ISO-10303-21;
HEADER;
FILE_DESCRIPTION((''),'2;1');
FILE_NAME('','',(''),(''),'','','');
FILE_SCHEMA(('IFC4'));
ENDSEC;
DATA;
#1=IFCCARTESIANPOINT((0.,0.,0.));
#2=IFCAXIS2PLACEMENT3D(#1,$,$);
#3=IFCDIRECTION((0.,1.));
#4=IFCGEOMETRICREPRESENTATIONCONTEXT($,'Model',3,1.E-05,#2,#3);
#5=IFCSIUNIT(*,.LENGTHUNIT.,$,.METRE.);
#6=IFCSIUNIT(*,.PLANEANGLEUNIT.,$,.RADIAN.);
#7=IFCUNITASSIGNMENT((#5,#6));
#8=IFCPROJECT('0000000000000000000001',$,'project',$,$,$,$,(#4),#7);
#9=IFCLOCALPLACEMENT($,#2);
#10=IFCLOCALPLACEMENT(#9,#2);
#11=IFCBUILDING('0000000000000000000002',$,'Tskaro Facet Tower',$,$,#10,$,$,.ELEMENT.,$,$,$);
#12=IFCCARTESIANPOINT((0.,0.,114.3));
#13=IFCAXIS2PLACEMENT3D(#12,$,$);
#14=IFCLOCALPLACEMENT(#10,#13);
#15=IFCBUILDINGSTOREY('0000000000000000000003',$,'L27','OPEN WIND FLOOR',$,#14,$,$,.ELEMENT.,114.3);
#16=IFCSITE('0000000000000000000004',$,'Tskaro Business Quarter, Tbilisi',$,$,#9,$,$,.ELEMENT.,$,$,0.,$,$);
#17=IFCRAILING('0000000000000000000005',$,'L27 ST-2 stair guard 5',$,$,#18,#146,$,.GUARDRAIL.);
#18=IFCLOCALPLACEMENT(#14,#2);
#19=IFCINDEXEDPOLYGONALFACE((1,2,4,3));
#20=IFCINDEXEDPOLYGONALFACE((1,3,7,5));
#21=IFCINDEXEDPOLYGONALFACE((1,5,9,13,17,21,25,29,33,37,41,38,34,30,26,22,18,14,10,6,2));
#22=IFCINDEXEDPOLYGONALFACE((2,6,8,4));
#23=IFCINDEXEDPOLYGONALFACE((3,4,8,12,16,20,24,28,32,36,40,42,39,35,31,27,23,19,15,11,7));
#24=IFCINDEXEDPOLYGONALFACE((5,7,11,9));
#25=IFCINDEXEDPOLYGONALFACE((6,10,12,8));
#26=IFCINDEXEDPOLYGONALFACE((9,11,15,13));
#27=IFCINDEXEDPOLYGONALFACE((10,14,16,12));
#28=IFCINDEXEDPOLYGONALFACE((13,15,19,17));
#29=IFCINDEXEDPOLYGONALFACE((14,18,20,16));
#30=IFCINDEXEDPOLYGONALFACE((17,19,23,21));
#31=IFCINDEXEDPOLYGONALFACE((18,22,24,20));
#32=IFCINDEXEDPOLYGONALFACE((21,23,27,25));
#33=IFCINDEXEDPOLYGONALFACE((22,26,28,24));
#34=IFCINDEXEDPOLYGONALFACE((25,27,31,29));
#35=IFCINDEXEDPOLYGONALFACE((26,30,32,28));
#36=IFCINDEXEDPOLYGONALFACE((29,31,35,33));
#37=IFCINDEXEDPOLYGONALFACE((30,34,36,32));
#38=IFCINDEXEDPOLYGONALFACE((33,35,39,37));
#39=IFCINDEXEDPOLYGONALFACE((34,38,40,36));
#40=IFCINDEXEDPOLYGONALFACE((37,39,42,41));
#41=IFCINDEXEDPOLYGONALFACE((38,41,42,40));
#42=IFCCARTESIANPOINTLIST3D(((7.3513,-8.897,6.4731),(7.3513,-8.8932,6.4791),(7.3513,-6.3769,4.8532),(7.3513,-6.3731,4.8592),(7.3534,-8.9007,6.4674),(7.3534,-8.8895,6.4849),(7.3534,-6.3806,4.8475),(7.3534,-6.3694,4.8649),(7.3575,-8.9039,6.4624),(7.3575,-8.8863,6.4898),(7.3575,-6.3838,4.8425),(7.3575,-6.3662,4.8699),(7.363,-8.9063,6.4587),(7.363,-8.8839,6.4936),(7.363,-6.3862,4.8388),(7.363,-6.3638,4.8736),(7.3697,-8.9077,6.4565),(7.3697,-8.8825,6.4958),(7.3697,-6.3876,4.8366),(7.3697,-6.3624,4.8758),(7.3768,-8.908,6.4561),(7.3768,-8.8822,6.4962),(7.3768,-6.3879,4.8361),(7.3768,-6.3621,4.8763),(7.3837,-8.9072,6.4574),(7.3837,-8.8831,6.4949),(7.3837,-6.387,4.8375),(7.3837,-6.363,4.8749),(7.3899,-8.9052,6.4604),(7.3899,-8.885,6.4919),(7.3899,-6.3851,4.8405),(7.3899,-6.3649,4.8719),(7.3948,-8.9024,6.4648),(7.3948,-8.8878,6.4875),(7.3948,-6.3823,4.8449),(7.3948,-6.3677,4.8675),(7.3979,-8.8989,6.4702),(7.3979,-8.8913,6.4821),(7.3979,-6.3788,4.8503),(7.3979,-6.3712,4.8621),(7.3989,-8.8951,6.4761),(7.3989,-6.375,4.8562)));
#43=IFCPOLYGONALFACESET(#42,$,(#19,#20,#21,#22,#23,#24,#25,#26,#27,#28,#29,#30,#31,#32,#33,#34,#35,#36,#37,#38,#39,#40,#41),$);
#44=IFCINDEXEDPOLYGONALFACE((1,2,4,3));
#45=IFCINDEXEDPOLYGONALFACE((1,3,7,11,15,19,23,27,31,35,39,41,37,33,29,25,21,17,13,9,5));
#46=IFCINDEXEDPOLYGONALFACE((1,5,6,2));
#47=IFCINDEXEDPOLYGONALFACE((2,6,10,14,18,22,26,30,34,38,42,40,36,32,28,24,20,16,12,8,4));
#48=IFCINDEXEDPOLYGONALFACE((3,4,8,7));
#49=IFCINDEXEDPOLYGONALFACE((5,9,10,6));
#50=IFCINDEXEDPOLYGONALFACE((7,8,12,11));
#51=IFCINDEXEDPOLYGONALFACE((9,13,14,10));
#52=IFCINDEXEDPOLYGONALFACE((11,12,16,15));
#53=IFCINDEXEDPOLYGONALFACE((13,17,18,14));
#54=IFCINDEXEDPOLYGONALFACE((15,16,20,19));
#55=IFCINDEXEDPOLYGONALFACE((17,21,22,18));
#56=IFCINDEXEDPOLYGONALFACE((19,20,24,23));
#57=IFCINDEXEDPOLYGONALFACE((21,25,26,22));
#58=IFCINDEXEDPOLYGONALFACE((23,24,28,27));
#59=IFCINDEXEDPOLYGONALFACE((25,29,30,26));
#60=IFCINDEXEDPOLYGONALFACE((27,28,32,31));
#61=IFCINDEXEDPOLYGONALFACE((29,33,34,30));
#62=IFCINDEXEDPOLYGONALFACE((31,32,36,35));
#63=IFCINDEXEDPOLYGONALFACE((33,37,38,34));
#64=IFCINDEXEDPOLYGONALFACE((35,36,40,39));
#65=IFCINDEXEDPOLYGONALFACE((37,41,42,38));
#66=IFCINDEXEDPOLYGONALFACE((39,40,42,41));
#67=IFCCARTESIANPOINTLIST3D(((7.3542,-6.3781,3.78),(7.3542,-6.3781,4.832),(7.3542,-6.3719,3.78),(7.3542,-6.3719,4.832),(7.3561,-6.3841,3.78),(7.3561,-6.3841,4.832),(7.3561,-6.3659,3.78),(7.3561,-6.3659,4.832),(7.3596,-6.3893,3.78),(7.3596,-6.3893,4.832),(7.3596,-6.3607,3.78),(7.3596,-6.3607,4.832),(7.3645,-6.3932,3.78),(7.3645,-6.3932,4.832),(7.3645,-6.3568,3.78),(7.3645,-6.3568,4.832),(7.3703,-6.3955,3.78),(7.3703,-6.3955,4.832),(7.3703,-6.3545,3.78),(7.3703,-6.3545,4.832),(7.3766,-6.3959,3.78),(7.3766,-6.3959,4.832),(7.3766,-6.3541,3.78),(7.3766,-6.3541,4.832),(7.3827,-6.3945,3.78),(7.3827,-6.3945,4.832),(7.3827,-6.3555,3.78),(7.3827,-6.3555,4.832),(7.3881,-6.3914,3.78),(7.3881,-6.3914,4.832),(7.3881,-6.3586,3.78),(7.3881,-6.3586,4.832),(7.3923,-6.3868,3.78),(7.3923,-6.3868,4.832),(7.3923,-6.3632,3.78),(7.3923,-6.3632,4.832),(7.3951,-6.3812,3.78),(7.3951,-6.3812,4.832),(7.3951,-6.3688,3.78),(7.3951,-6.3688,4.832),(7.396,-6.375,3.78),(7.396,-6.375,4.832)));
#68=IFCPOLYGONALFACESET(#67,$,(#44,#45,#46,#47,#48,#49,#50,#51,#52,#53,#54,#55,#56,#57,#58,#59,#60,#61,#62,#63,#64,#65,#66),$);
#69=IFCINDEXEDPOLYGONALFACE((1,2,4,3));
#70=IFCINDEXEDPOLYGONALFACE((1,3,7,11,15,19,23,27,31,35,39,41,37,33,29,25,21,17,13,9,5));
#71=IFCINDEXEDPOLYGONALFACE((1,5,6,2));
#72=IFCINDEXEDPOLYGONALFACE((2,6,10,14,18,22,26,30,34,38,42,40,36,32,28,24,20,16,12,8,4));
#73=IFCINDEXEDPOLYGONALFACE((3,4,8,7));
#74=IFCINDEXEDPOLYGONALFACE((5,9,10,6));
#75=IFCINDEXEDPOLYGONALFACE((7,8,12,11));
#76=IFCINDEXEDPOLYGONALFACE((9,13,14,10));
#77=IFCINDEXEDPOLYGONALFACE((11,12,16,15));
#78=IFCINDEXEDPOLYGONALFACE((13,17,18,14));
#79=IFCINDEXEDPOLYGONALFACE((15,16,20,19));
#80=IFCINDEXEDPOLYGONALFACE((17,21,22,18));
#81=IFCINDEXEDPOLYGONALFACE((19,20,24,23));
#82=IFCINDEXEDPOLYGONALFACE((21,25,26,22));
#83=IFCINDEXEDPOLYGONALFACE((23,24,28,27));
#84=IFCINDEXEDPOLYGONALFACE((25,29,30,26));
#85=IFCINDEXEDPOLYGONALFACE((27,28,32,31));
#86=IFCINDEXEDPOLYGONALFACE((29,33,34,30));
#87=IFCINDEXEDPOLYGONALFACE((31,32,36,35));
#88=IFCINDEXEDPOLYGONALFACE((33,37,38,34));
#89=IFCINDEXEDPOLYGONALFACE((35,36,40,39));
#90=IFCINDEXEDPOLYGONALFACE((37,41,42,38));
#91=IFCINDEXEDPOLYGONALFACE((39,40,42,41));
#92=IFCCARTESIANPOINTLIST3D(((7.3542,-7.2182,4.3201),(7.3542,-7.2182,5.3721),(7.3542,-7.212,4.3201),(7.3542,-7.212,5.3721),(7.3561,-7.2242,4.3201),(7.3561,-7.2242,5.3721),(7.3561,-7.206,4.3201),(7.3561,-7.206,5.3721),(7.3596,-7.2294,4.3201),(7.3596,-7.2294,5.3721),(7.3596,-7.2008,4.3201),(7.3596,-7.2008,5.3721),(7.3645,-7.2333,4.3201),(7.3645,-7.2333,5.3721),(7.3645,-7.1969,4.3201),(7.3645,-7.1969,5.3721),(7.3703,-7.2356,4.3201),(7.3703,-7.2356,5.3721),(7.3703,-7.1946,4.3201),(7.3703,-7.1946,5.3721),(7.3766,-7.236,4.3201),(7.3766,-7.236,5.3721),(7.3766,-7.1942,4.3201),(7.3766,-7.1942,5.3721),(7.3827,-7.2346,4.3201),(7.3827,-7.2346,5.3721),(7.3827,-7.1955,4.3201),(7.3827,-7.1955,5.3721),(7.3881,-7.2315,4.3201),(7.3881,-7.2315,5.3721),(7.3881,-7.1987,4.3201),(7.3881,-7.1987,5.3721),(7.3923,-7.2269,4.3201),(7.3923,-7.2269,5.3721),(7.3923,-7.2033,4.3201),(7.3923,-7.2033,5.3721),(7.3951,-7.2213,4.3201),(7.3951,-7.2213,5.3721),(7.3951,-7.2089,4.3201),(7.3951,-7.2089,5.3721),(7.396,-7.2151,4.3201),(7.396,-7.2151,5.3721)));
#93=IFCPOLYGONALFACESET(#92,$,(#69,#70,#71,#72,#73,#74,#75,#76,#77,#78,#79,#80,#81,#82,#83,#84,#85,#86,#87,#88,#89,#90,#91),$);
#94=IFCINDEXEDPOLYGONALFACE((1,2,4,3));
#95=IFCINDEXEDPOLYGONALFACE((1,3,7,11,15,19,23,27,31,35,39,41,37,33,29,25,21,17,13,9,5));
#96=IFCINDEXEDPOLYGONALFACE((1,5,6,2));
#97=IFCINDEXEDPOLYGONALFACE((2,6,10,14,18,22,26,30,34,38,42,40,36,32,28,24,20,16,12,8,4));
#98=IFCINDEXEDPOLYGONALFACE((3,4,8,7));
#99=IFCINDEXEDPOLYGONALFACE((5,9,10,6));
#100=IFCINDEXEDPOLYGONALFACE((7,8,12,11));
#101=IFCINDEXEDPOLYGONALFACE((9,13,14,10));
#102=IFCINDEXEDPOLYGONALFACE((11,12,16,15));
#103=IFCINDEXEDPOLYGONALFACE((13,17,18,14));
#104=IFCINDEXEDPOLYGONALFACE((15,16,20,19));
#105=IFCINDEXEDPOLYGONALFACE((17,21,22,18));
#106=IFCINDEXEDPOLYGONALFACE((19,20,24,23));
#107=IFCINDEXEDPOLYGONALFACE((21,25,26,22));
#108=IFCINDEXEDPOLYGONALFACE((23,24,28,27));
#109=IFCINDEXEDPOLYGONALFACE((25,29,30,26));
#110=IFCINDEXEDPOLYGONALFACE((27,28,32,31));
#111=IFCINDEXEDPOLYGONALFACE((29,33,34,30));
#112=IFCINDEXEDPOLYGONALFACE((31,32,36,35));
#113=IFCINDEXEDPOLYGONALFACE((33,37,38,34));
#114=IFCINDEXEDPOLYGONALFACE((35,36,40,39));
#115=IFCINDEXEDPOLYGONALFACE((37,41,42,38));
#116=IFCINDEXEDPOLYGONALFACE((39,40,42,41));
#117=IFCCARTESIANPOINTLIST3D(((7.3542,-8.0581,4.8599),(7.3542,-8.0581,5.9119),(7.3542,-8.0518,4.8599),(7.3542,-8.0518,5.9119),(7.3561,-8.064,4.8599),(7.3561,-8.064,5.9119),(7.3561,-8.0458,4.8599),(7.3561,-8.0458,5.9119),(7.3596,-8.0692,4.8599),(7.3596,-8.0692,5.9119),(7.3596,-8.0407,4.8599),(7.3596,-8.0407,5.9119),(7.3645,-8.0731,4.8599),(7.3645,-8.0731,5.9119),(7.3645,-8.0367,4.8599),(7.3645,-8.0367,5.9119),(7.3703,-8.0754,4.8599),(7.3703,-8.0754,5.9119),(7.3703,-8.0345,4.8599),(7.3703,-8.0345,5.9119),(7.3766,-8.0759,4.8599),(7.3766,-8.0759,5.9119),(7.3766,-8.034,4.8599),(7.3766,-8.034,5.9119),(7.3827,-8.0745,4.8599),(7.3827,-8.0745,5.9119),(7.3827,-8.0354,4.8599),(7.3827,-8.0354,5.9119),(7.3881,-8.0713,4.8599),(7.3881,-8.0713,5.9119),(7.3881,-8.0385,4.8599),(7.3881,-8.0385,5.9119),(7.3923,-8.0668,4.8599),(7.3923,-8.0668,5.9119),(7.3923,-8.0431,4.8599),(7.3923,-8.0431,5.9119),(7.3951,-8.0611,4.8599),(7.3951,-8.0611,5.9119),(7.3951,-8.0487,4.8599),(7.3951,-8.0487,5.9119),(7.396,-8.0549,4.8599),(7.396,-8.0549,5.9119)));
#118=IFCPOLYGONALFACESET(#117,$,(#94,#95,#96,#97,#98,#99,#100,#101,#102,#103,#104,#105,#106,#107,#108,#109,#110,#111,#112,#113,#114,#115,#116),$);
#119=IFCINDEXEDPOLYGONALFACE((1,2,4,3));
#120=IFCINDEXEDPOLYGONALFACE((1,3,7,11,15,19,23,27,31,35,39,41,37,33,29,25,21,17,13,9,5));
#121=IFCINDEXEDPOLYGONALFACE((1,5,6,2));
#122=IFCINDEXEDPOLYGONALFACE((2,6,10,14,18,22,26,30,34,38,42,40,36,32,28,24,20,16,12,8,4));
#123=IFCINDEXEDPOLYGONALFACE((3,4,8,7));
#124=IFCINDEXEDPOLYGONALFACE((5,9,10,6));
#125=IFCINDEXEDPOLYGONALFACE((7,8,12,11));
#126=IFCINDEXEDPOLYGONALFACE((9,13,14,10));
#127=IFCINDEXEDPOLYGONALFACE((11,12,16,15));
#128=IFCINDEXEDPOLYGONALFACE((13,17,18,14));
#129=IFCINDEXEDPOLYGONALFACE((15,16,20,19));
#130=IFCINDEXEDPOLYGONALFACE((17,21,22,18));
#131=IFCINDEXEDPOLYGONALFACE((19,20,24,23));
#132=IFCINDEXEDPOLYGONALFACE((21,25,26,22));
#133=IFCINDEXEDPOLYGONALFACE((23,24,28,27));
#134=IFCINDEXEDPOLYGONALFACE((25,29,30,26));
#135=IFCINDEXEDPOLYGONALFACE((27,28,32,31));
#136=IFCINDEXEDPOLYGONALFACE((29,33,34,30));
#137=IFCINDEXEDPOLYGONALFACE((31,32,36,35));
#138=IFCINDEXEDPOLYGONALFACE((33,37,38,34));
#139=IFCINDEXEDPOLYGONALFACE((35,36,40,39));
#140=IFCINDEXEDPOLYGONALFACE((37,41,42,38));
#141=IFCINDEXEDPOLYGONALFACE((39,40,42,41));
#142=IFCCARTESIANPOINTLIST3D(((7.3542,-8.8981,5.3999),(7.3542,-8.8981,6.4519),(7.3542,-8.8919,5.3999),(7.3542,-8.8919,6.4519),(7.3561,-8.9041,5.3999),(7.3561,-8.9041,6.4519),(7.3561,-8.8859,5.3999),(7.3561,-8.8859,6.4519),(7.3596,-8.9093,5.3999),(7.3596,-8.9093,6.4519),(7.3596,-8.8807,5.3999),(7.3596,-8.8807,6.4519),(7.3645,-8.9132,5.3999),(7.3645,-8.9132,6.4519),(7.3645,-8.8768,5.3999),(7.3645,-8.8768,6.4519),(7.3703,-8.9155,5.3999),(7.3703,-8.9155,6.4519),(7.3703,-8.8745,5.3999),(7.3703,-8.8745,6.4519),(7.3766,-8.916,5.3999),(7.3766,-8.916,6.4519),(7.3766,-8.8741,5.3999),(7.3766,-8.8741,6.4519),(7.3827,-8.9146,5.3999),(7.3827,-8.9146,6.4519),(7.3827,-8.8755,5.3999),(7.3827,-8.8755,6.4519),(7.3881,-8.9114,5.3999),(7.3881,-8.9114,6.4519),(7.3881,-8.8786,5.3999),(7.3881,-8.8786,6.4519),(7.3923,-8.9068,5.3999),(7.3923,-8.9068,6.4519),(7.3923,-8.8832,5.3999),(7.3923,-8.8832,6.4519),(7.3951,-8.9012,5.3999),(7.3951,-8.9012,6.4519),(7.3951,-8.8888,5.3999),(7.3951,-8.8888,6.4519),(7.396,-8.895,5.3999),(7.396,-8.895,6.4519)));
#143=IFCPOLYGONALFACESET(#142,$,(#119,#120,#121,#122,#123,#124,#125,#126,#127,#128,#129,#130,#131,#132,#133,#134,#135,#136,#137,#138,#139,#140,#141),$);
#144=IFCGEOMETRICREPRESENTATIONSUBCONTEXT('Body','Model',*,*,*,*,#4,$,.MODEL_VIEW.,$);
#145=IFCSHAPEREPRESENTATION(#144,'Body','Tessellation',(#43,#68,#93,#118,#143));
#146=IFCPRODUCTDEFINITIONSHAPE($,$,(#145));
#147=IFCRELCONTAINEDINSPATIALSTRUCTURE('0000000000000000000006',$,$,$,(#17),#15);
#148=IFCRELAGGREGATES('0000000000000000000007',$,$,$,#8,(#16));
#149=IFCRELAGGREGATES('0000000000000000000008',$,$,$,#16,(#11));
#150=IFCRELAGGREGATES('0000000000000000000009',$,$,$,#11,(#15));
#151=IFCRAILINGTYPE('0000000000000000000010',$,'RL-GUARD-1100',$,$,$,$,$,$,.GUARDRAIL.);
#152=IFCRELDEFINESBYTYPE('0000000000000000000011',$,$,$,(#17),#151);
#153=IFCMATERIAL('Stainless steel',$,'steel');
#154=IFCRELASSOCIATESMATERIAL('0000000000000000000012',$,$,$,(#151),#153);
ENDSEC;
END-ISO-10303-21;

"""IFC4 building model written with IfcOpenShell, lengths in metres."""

from ifc_helpers import new_model, si_unit, direction, frame, origin, origin_2d, place, context, subcontext, project, spatial, circle, extrude, material, type_object, element, save


model = new_model("IFC4")

# Units and contexts
model_context = context("Model", 3, precision=1e-05, world=origin(), true_north=direction((0.0, 1.0)))
body_context = subcontext(model_context, "Body", "Model", "MODEL_VIEW")
ifc_project = project(units=[si_unit("LENGTHUNIT", "METRE"), si_unit("PLANEANGLEUNIT", "RADIAN")], contexts=[model_context])

# Site, building, storey
site_placement = place(None, origin())
site = spatial("IfcSite", under=ifc_project, at=site_placement, Name="Tskaro Business Quarter, Tbilisi", CompositionType="ELEMENT", RefElevation=0.0)
building_placement = place(site_placement, origin())
building = spatial("IfcBuilding", under=site, at=building_placement, Name="Tskaro Facet Tower", CompositionType="ELEMENT")
storey_placement = place(building_placement, frame((0.0, 0.0, 114.3)))
storey = spatial("IfcBuildingStorey", under=building, at=storey_placement, Name="L27", Description="OPEN WIND FLOOR", CompositionType="ELEMENT", Elevation=114.3)

# Railing
ifc_material_1 = material(Name="Stainless steel", Category="steel")
railing_type_1 = type_object("IfcRailingType", Name="RL-GUARD-1100", PredefinedType="GUARDRAIL", material=ifc_material_1)
railing_1_placement = place(storey_placement, frame((7.375, -6.375, 3.78)))
element("IfcRailing", 1, at=railing_1_placement, inside=storey, type_object=railing_type_1, Name="L27 ST-2 stair guard 5", PredefinedType="GUARDRAIL", context=body_context, shape_type="SweptSolid", body=[
    extrude(circle(Radius=0.0239, at=origin_2d()), frame((0.0, 0.0, 1.0762), z_axis=(0.0, -0.8412, 0.540725), x_axis=(1.0, 0.0, 0.0)), (0.0, 0.0, 1.0), 2.9958),
    extrude(circle(Radius=0.021, at=origin_2d()), origin(), (0.0, 0.0, 1.0), 1.052),
    extrude(circle(Radius=0.021, at=origin_2d()), frame((0.0, -0.8401, 0.54)), (0.0, 0.0, 1.0), 1.052),
    extrude(circle(Radius=0.021, at=origin_2d()), frame((0.0, -1.6799, 1.0798)), (0.0, 0.0, 1.0), 1.052),
    extrude(circle(Radius=0.021, at=origin_2d()), frame((0.0, -2.52, 1.6199)), (0.0, 0.0, 1.0), 1.052),
])

save(model, "model.ifc")
